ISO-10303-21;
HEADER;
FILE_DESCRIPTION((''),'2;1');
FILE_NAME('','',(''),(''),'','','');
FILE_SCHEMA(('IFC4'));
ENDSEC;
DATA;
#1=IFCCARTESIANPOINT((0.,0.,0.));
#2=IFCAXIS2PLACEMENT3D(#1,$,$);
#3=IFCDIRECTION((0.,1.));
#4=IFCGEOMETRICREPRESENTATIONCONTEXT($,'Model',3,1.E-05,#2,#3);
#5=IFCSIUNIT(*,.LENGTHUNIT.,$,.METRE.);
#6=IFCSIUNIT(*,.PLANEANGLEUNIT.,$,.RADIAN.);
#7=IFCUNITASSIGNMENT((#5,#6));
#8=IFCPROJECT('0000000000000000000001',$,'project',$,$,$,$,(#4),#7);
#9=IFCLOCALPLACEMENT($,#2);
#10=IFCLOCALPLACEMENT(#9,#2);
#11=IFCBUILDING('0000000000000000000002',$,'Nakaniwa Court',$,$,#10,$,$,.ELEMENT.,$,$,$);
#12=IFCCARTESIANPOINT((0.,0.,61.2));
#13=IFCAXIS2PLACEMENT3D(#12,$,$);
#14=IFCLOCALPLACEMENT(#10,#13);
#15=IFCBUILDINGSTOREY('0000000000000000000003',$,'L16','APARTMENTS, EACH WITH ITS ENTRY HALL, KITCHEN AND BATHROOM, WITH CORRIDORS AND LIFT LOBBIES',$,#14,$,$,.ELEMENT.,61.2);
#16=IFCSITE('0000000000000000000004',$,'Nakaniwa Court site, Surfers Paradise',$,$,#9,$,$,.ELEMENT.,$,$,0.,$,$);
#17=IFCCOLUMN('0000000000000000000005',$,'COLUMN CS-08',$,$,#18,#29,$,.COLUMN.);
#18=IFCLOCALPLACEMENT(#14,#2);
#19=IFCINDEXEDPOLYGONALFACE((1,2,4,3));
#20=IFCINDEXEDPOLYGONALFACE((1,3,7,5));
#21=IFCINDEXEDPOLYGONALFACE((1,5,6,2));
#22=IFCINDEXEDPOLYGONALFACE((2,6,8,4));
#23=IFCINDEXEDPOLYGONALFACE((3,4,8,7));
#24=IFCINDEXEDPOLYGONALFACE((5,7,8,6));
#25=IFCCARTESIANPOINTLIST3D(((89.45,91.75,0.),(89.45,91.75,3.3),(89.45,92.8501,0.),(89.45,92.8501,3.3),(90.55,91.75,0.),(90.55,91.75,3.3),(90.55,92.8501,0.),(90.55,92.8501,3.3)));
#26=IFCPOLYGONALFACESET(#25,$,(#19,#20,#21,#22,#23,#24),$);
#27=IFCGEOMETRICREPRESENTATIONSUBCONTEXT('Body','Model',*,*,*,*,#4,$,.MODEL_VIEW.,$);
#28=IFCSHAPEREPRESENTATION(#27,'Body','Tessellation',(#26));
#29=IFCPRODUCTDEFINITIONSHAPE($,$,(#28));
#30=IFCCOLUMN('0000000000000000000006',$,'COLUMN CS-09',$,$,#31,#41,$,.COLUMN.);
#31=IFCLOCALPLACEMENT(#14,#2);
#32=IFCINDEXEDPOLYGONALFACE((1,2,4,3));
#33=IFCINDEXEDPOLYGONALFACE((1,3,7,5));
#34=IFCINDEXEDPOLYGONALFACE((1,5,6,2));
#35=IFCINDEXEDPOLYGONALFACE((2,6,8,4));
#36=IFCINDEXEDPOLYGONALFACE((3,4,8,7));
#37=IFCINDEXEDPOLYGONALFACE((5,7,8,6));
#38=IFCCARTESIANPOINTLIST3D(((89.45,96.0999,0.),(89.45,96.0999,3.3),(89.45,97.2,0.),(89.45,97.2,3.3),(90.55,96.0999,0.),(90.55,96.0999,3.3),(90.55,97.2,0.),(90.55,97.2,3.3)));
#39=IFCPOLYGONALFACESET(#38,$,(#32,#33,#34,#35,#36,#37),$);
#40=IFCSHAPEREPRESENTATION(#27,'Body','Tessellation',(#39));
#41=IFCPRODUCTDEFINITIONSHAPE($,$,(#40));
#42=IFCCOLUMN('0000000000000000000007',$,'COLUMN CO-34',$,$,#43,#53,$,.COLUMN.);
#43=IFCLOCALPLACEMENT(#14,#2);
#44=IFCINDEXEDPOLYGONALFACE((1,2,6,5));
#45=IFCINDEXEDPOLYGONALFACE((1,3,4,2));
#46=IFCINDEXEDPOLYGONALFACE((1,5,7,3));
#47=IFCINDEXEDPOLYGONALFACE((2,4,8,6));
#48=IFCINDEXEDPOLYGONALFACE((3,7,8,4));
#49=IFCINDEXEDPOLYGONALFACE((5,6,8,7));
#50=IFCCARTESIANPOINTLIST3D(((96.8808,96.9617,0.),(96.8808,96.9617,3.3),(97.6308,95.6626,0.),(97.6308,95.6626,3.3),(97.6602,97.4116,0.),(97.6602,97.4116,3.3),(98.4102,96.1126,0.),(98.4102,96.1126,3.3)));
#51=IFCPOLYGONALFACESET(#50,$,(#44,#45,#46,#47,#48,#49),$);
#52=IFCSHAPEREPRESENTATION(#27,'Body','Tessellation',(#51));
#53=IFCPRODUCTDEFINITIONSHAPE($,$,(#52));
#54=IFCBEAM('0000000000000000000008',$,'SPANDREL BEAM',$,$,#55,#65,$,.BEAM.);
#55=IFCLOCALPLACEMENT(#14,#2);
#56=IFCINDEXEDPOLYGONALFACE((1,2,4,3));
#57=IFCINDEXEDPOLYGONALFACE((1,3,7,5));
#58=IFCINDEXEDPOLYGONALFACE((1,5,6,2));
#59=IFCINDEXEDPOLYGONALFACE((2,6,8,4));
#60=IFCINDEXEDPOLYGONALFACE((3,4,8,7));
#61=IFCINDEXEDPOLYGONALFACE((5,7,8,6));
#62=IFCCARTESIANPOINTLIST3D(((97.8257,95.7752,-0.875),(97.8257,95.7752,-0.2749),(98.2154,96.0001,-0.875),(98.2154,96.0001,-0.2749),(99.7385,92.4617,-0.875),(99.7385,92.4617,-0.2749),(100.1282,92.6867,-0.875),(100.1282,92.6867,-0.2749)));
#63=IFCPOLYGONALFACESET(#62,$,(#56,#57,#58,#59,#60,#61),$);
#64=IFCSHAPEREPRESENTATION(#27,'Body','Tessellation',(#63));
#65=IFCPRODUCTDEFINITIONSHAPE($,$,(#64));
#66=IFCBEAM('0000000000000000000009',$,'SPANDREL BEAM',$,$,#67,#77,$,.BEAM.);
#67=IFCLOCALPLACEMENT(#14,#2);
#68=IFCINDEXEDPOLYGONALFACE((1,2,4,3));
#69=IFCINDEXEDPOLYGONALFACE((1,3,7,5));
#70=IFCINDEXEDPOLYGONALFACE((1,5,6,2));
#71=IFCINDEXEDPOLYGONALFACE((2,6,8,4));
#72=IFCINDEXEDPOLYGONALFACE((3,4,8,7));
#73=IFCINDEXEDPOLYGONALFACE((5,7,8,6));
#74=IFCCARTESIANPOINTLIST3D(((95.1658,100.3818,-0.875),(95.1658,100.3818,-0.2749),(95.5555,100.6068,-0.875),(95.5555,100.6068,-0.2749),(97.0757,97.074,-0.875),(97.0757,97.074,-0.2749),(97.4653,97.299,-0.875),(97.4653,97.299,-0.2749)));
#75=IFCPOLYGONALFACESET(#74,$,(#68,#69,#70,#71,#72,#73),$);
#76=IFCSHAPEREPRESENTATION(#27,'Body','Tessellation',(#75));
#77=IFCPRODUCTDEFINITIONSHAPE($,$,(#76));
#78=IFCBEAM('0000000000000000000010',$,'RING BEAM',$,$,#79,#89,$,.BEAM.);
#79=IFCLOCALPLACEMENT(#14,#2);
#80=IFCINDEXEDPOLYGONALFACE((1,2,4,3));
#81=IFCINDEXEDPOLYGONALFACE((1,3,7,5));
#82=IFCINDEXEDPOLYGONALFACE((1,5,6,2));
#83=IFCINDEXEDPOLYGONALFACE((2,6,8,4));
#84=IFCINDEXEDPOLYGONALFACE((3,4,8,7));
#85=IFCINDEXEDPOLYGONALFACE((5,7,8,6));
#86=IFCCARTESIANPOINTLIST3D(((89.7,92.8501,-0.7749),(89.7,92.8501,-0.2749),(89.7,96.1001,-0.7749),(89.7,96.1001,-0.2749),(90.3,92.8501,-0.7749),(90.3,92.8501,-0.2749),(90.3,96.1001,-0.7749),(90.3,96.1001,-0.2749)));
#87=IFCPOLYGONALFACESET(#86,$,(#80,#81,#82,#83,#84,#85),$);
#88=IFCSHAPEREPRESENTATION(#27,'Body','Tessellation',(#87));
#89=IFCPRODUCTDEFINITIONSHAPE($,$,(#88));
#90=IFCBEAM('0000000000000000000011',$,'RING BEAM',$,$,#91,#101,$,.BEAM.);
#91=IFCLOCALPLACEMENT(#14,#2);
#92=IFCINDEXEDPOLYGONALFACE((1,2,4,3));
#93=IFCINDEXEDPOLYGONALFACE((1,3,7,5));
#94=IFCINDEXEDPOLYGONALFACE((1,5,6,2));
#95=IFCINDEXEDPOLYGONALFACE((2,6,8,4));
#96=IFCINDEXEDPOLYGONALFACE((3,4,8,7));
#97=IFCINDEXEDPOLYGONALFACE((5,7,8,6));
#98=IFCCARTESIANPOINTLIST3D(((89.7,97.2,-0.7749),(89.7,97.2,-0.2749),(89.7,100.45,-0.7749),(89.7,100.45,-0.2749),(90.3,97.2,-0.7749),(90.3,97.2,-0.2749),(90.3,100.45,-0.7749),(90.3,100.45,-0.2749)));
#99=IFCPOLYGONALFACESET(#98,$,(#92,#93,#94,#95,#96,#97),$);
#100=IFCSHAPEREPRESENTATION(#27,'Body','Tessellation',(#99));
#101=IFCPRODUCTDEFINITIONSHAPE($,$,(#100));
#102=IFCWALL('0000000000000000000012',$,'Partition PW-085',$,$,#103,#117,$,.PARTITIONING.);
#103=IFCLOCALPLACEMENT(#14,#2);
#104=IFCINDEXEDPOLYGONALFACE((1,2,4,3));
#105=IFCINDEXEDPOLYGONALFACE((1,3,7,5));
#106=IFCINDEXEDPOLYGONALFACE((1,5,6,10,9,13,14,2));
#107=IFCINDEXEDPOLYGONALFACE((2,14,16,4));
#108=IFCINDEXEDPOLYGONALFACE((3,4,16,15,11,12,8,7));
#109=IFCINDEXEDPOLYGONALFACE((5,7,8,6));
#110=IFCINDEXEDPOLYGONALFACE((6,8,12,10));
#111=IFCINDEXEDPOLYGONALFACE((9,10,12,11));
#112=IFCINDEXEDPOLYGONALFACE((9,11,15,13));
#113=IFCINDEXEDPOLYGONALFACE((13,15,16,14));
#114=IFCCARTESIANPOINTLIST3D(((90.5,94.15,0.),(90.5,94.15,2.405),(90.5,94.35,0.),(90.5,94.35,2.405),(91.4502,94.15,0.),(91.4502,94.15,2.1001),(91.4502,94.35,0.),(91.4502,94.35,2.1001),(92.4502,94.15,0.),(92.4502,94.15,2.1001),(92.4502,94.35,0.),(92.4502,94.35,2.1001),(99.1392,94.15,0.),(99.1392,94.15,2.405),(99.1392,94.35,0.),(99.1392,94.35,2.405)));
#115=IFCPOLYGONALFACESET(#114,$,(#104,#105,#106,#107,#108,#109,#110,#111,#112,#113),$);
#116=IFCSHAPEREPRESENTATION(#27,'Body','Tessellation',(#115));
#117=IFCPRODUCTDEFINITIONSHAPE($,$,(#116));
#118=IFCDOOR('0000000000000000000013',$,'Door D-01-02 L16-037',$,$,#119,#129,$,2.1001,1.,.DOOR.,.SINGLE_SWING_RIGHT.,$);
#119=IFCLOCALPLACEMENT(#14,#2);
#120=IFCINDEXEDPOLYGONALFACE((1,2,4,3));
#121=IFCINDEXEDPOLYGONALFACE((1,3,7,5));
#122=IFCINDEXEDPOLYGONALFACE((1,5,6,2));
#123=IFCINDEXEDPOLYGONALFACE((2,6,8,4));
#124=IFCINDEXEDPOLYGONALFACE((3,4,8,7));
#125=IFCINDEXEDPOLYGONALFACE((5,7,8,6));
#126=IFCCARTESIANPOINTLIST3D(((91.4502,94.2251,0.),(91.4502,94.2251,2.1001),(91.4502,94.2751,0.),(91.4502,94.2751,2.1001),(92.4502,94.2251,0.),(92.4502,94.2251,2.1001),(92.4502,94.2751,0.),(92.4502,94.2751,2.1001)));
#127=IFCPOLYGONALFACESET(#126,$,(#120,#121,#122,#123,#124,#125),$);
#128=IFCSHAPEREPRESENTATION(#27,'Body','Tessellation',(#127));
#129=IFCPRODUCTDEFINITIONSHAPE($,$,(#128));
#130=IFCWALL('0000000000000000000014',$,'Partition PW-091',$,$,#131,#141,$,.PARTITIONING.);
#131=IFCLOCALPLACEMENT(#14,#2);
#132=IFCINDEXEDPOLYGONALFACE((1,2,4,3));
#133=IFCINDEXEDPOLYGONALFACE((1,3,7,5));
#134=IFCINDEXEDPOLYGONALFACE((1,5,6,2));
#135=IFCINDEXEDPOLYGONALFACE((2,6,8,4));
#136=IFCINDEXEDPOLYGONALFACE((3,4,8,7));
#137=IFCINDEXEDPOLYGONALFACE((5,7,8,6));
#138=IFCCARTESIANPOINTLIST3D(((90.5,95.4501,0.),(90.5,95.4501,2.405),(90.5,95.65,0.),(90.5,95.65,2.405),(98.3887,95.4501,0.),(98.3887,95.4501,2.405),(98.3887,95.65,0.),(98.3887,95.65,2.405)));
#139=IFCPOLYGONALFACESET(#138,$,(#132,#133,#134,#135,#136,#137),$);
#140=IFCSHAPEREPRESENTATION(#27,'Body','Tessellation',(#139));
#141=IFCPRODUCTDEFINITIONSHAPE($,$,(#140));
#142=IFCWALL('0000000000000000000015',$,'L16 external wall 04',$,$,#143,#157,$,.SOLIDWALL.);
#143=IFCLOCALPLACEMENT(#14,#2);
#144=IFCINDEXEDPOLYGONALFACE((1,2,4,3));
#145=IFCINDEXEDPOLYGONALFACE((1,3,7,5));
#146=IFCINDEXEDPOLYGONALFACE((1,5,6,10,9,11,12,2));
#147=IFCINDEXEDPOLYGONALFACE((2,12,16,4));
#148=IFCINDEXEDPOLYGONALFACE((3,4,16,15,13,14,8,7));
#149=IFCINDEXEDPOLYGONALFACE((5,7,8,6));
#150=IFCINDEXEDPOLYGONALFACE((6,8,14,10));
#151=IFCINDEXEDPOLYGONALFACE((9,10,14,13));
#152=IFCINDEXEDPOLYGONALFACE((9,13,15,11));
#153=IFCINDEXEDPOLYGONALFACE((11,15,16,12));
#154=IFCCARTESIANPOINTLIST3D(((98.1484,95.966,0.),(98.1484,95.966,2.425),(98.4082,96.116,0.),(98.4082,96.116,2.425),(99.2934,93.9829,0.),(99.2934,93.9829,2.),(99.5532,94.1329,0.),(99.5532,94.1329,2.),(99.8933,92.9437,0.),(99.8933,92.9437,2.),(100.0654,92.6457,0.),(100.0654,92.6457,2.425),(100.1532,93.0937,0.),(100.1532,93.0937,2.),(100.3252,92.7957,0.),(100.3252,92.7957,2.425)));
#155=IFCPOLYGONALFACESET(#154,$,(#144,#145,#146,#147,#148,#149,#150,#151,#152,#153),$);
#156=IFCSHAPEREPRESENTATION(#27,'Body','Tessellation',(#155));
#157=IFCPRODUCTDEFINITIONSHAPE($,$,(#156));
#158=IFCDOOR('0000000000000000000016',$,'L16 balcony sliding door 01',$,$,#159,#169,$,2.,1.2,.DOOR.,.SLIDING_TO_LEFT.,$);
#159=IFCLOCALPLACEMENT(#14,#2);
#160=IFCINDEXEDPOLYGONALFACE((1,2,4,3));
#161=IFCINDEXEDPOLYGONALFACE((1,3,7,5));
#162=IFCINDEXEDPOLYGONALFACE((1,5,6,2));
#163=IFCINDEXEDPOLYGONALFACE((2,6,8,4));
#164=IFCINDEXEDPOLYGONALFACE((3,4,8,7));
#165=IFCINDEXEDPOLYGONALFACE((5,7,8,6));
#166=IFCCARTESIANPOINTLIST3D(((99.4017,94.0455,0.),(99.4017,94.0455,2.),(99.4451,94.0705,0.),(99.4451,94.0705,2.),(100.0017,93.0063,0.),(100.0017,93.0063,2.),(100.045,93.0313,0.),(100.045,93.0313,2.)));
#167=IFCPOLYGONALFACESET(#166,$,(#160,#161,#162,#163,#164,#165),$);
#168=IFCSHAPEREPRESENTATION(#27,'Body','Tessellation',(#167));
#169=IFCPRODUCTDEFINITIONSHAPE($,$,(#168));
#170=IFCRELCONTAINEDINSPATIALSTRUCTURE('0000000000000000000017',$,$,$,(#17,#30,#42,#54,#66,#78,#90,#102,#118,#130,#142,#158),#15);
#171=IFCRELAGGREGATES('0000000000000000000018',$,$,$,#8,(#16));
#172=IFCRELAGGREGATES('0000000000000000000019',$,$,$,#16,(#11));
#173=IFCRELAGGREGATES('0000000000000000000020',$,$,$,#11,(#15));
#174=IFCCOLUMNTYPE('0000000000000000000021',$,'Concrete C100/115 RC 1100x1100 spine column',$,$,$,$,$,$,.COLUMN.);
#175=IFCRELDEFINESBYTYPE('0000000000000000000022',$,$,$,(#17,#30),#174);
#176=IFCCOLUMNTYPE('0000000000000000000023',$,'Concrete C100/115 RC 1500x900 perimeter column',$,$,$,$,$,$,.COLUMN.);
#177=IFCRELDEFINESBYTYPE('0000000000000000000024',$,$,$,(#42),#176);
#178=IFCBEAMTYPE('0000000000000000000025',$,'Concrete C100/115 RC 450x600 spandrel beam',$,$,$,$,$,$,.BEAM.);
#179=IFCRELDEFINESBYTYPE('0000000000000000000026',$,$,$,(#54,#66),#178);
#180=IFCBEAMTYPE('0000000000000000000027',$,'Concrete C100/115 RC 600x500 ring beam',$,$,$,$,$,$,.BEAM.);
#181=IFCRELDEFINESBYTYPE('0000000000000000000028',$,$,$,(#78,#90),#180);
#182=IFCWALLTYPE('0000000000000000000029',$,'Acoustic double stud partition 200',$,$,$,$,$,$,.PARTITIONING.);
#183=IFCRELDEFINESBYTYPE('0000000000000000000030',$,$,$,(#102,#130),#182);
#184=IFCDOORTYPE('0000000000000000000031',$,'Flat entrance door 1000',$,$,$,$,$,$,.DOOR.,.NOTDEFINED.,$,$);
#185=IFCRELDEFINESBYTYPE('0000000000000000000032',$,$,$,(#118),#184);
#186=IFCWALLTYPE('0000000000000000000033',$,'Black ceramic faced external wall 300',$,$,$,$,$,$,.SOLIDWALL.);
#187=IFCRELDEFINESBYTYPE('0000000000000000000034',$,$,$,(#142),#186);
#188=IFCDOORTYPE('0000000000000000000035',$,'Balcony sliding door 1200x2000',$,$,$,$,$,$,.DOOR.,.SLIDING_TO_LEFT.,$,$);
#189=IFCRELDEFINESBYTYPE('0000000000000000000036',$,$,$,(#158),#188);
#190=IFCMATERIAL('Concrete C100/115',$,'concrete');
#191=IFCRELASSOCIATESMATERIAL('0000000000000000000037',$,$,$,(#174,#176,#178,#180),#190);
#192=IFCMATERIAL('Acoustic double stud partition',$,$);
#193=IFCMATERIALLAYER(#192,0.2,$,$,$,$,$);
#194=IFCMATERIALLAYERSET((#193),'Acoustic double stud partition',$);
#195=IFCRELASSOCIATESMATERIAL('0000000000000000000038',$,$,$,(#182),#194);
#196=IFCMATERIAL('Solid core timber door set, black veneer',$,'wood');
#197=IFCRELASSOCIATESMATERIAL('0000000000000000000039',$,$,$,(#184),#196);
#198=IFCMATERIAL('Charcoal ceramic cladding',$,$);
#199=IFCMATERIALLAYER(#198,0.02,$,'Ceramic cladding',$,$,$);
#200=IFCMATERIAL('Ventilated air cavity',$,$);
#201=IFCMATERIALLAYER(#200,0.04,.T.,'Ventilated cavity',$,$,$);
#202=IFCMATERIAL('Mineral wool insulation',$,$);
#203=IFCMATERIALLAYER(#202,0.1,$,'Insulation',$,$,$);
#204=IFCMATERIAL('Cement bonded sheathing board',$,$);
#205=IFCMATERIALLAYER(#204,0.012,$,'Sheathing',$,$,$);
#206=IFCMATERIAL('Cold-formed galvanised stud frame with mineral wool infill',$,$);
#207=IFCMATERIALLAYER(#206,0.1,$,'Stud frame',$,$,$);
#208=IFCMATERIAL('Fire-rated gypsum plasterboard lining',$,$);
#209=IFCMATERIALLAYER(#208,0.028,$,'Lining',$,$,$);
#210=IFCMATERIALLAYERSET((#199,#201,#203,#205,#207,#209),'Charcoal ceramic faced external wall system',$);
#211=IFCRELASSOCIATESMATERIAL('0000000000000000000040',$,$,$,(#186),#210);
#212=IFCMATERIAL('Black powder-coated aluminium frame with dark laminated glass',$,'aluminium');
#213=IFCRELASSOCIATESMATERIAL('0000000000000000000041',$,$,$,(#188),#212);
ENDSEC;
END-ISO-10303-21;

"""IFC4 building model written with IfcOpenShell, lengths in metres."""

from ifc_helpers import new_model, si_unit, direction, frame, frame_2d, origin, origin_2d, place, context, subcontext, project, spatial, rectangle, extrude, material, layer, layer_set, material_profile, profile_set, type_object, element, fill, save


model = new_model("IFC4")

# Units and contexts
model_context = context("Model", 3, precision=1e-05, world=origin(), true_north=direction((0.0, 1.0)))
body_context = subcontext(model_context, "Body", "Model", "MODEL_VIEW")
ifc_project = project(units=[si_unit("LENGTHUNIT", "METRE"), si_unit("PLANEANGLEUNIT", "RADIAN")], contexts=[model_context])

# Site, building, storey
site_placement = place(None, origin())
site = spatial("IfcSite", under=ifc_project, at=site_placement, Name="Nakaniwa Court site, Surfers Paradise", CompositionType="ELEMENT", RefElevation=0.0)
building_placement = place(site_placement, origin())
building = spatial("IfcBuilding", under=site, at=building_placement, Name="Nakaniwa Court", CompositionType="ELEMENT")
storey_placement = place(building_placement, frame((0.0, 0.0, 61.2)))
storey = spatial("IfcBuildingStorey", under=building, at=storey_placement, Name="L16", Description="APARTMENTS, EACH WITH ITS ENTRY HALL, KITCHEN AND BATHROOM, WITH CORRIDORS AND LIFT LOBBIES", CompositionType="ELEMENT", Elevation=61.2)

# Columns
ifc_material_1 = material(Name="Concrete C100/115", Category="concrete")
ifc_material_profile_1 = material_profile(ifc_material_1, rectangle(XDim=1.1001, YDim=1.1001, at=origin_2d()), Name="Concrete C100/115 RC 1100x1100 spine column")
ifc_profile_set_1 = profile_set([ifc_material_profile_1], Name="Concrete C100/115")
column_type_1 = type_object("IfcColumnType", Name="Concrete C100/115 RC 1100x1100 spine column", PredefinedType="COLUMN", material=ifc_profile_set_1)
for number, where, z_axis, x_axis, name in (
    (1, (90.0, 92.3, 0.0), (0.0, 0.0, 1.0), (0.0, 1.0, 0.0), "COLUMN CS-08"),
    (2, (90.0, 96.6499, 0.0), (0.0, 0.0, 1.0), (0.0, 1.0, 0.0), "COLUMN CS-09"),
):
    element("IfcColumn", number, at=place(storey_placement, frame(where, z_axis=z_axis, x_axis=x_axis)), inside=storey, type_object=column_type_1, Name=name, PredefinedType="COLUMN", context=body_context, shape_type="SweptSolid", body=[
        extrude(rectangle(XDim=1.1001, YDim=1.1001, at=origin_2d()), origin(), (0.0, 0.0, 1.0), 3.3),
    ])
ifc_material_profile_2 = material_profile(ifc_material_1, rectangle(XDim=1.5, YDim=0.8999, at=origin_2d()), Name="Concrete C100/115 RC 1500x900 perimeter column")
ifc_profile_set_2 = profile_set([ifc_material_profile_2], Name="Concrete C100/115")
column_type_2 = type_object("IfcColumnType", Name="Concrete C100/115 RC 1500x900 perimeter column", PredefinedType="COLUMN", material=ifc_profile_set_2)
column_placement = place(storey_placement, frame((97.6455, 96.5371, 0.0), z_axis=(0.0, 0.0, 1.0), x_axis=(-0.5, 0.866025, 0.0)))
element("IfcColumn", 3, at=column_placement, inside=storey, type_object=column_type_2, Name="COLUMN CO-34", PredefinedType="COLUMN", context=body_context, shape_type="SweptSolid", body=[
    extrude(rectangle(XDim=1.5, YDim=0.8999, at=origin_2d()), origin(), (0.0, 0.0, 1.0), 3.3),
])

# Beams
ifc_material_profile_3 = material_profile(ifc_material_1, rectangle(XDim=0.45, YDim=0.6001, at=origin_2d()), Name="Concrete C100/115 RC 450x600 spandrel beam")
ifc_profile_set_3 = profile_set([ifc_material_profile_3], Name="Concrete C100/115")
beam_type_1 = type_object("IfcBeamType", Name="Concrete C100/115 RC 450x600 spandrel beam", PredefinedType="BEAM", material=ifc_profile_set_3)
beam_1_placement = place(storey_placement, frame((99.9333, 92.5742, -0.575), z_axis=(-0.499962, 0.866047, 0.0), x_axis=(-0.866047, -0.499962, 0.0)))
element("IfcBeam", 4, at=beam_1_placement, inside=storey, type_object=beam_type_1, Name="SPANDREL BEAM", PredefinedType="BEAM", context=body_context, shape_type="SweptSolid", body=[
    extrude(rectangle(XDim=0.45, YDim=0.6001, at=origin_2d()), origin(), (0.0, 0.0, 1.0), 3.8259),
])
beam_2_placement = place(storey_placement, frame((97.2705, 97.1865, -0.575), z_axis=(-0.500023, 0.866012, 0.0), x_axis=(-0.866012, -0.500023, 0.0)))
element("IfcBeam", 5, at=beam_2_placement, inside=storey, type_object=beam_type_1, Name="SPANDREL BEAM", PredefinedType="BEAM", context=body_context, shape_type="SweptSolid", body=[
    extrude(rectangle(XDim=0.45, YDim=0.6001, at=origin_2d()), origin(), (0.0, 0.0, 1.0), 3.8196),
])
ifc_material_profile_4 = material_profile(ifc_material_1, rectangle(XDim=0.6001, YDim=0.5, at=origin_2d()), Name="Concrete C100/115 RC 600x500 ring beam")
ifc_profile_set_4 = profile_set([ifc_material_profile_4], Name="Concrete C100/115")
beam_type_2 = type_object("IfcBeamType", Name="Concrete C100/115 RC 600x500 ring beam", PredefinedType="BEAM", material=ifc_profile_set_4)
for number, where, z_axis, x_axis, name in (
    (6, (90.0, 92.8501, -0.5249), (0.0, 1.0, 0.0), (-1.0, 0.0, 0.0), "RING BEAM"),
    (7, (90.0, 97.2, -0.5249), (0.0, 1.0, 0.0), (-1.0, 0.0, 0.0), "RING BEAM"),
):
    element("IfcBeam", number, at=place(storey_placement, frame(where, z_axis=z_axis, x_axis=x_axis)), inside=storey, type_object=beam_type_2, Name=name, PredefinedType="BEAM", context=body_context, shape_type="SweptSolid", body=[
        extrude(rectangle(XDim=0.6001, YDim=0.5, at=origin_2d()), origin(), (0.0, 0.0, 1.0), 3.25),
    ])

# Wall, opening, door
ifc_material_2 = material(Name="Acoustic double stud partition")
ifc_layer_1 = layer(ifc_material_2, 0.2)
ifc_layer_set_1 = layer_set([ifc_layer_1], Name="Acoustic double stud partition")
wall_type_1 = type_object("IfcWallType", Name="Acoustic double stud partition 200", PredefinedType="PARTITIONING", material=ifc_layer_set_1)
wall_1_placement = place(storey_placement, frame((99.1392, 94.25, 0.0), z_axis=(0.0, 0.0, 1.0), x_axis=(-1.0, 0.0, 0.0)))
wall_1 = element("IfcWall", 8, at=wall_1_placement, inside=storey, type_object=wall_type_1, Name="Partition PW-085", PredefinedType="PARTITIONING", context=body_context, shape_type="SweptSolid", body=[
    extrude(rectangle(XDim=8.6392, YDim=0.2, at=frame_2d((4.3196, 0.0))), origin(), (0.0, 0.0, 1.0), 2.405),
])
opening_1_placement = place(wall_1_placement, frame((6.689, 0.0, 0.0)))
opening_1 = element("IfcOpeningElement", 9, at=opening_1_placement, cuts=wall_1, PredefinedType="OPENING", context=body_context, shape_type="SweptSolid", body=[
    extrude(rectangle(XDim=1.0, YDim=2.1001, at=frame_2d((0.5, 1.05))), frame((0.0, 0.1099, 0.0), z_axis=(0.0, -1.0, 0.0), x_axis=(1.0, 0.0, 0.0)), (0.0, 0.0, 1.0), 0.22),
])
ifc_material_3 = material(Name="Solid core timber door set, black veneer", Category="wood")
door_type_1 = type_object("IfcDoorType", Name="Flat entrance door 1000", OperationType="NOTDEFINED", PredefinedType="DOOR", material=ifc_material_3)
door_1_placement = place(opening_1_placement, origin())
door_1 = element("IfcDoor", 10, at=door_1_placement, inside=storey, type_object=door_type_1, Name="Door D-01-02 L16-037", OperationType="SINGLE_SWING_RIGHT", OverallHeight=2.1001, OverallWidth=1.0, PredefinedType="DOOR", context=body_context, shape_type="SweptSolid", body=[
    extrude(rectangle(XDim=1.0, YDim=2.1001, at=frame_2d((0.5, 1.05))), frame((0.0, 0.0249, 0.0), z_axis=(0.0, -1.0, 0.0), x_axis=(1.0, 0.0, 0.0)), (0.0, 0.0, 1.0), 0.05),
])
fill(opening_1, door_1)

# Wall
wall_2_placement = place(storey_placement, frame((90.5, 95.55, 0.0), z_axis=(0.0, 0.0, 1.0), x_axis=(1.0, 0.0, 0.0)))
element("IfcWall", 11, at=wall_2_placement, inside=storey, type_object=wall_type_1, Name="Partition PW-091", PredefinedType="PARTITIONING", context=body_context, shape_type="SweptSolid", body=[
    extrude(rectangle(XDim=7.8887, YDim=0.2, at=frame_2d((3.9443, 0.0))), origin(), (0.0, 0.0, 1.0), 2.405),
])

# Wall, opening, door
ifc_material_4 = material(Name="Charcoal ceramic cladding")
ifc_layer_2 = layer(ifc_material_4, 0.02, Name="Ceramic cladding")
ifc_material_5 = material(Name="Ventilated air cavity")
ifc_layer_3 = layer(ifc_material_5, 0.04, ventilated=True, Name="Ventilated cavity")
ifc_material_6 = material(Name="Mineral wool insulation")
ifc_layer_4 = layer(ifc_material_6, 0.1, Name="Insulation")
ifc_material_7 = material(Name="Cement bonded sheathing board")
ifc_layer_5 = layer(ifc_material_7, 0.012, Name="Sheathing")
ifc_material_8 = material(Name="Cold-formed galvanised stud frame with mineral wool infill")
ifc_layer_6 = layer(ifc_material_8, 0.1, Name="Stud frame")
ifc_material_9 = material(Name="Fire-rated gypsum plasterboard lining")
ifc_layer_7 = layer(ifc_material_9, 0.028, Name="Lining")
ifc_layer_set_2 = layer_set([ifc_layer_2, ifc_layer_3, ifc_layer_4, ifc_layer_5, ifc_layer_6, ifc_layer_7], Name="Charcoal ceramic faced external wall system")
wall_type_2 = type_object("IfcWallType", Name="Black ceramic faced external wall 300", PredefinedType="SOLIDWALL", material=ifc_layer_set_2)
wall_3_placement = place(storey_placement, frame((100.1953, 92.7207, 0.0), z_axis=(0.0, 0.0, 1.0), x_axis=(-0.500002, 0.866024, 0.0)))
wall_3 = element("IfcWall", 12, at=wall_3_placement, inside=storey, type_object=wall_type_2, Name="L16 external wall 04", PredefinedType="SOLIDWALL", context=body_context, shape_type="SweptSolid", body=[
    extrude(rectangle(XDim=3.834, YDim=0.3, at=frame_2d((1.917, 0.0))), origin(), (0.0, 0.0, 1.0), 2.425),
])
opening_2_placement = place(wall_3_placement, frame((0.344, 0.0, 0.0)))
opening_2 = element("IfcOpeningElement", 13, at=opening_2_placement, cuts=wall_3, PredefinedType="OPENING", context=body_context, shape_type="SweptSolid", body=[
    extrude(rectangle(XDim=1.2, YDim=2.0, at=frame_2d((0.6001, 1.0))), frame((0.0, 0.1599, 0.0), z_axis=(0.0, -1.0, 0.0), x_axis=(1.0, 0.0, 0.0)), (0.0, 0.0, 1.0), 0.3201),
])
ifc_material_10 = material(Name="Black powder-coated aluminium frame with dark laminated glass", Category="aluminium")
door_type_2 = type_object("IfcDoorType", Name="Balcony sliding door 1200x2000", OperationType="SLIDING_TO_LEFT", PredefinedType="DOOR", material=ifc_material_10)
door_2_placement = place(opening_2_placement, origin())
door_2 = element("IfcDoor", 14, at=door_2_placement, inside=storey, type_object=door_type_2, Name="L16 balcony sliding door 01", OperationType="SLIDING_TO_LEFT", OverallHeight=2.0, OverallWidth=1.2, PredefinedType="DOOR", context=body_context, shape_type="SweptSolid", body=[
    extrude(rectangle(XDim=1.2, YDim=2.0, at=frame_2d((0.6001, 1.0))), frame((0.0, 0.0249, 0.0), z_axis=(0.0, -1.0, 0.0), x_axis=(1.0, 0.0, 0.0)), (0.0, 0.0, 1.0), 0.05),
])
fill(opening_2, door_2)

save(model, "model.ifc")
